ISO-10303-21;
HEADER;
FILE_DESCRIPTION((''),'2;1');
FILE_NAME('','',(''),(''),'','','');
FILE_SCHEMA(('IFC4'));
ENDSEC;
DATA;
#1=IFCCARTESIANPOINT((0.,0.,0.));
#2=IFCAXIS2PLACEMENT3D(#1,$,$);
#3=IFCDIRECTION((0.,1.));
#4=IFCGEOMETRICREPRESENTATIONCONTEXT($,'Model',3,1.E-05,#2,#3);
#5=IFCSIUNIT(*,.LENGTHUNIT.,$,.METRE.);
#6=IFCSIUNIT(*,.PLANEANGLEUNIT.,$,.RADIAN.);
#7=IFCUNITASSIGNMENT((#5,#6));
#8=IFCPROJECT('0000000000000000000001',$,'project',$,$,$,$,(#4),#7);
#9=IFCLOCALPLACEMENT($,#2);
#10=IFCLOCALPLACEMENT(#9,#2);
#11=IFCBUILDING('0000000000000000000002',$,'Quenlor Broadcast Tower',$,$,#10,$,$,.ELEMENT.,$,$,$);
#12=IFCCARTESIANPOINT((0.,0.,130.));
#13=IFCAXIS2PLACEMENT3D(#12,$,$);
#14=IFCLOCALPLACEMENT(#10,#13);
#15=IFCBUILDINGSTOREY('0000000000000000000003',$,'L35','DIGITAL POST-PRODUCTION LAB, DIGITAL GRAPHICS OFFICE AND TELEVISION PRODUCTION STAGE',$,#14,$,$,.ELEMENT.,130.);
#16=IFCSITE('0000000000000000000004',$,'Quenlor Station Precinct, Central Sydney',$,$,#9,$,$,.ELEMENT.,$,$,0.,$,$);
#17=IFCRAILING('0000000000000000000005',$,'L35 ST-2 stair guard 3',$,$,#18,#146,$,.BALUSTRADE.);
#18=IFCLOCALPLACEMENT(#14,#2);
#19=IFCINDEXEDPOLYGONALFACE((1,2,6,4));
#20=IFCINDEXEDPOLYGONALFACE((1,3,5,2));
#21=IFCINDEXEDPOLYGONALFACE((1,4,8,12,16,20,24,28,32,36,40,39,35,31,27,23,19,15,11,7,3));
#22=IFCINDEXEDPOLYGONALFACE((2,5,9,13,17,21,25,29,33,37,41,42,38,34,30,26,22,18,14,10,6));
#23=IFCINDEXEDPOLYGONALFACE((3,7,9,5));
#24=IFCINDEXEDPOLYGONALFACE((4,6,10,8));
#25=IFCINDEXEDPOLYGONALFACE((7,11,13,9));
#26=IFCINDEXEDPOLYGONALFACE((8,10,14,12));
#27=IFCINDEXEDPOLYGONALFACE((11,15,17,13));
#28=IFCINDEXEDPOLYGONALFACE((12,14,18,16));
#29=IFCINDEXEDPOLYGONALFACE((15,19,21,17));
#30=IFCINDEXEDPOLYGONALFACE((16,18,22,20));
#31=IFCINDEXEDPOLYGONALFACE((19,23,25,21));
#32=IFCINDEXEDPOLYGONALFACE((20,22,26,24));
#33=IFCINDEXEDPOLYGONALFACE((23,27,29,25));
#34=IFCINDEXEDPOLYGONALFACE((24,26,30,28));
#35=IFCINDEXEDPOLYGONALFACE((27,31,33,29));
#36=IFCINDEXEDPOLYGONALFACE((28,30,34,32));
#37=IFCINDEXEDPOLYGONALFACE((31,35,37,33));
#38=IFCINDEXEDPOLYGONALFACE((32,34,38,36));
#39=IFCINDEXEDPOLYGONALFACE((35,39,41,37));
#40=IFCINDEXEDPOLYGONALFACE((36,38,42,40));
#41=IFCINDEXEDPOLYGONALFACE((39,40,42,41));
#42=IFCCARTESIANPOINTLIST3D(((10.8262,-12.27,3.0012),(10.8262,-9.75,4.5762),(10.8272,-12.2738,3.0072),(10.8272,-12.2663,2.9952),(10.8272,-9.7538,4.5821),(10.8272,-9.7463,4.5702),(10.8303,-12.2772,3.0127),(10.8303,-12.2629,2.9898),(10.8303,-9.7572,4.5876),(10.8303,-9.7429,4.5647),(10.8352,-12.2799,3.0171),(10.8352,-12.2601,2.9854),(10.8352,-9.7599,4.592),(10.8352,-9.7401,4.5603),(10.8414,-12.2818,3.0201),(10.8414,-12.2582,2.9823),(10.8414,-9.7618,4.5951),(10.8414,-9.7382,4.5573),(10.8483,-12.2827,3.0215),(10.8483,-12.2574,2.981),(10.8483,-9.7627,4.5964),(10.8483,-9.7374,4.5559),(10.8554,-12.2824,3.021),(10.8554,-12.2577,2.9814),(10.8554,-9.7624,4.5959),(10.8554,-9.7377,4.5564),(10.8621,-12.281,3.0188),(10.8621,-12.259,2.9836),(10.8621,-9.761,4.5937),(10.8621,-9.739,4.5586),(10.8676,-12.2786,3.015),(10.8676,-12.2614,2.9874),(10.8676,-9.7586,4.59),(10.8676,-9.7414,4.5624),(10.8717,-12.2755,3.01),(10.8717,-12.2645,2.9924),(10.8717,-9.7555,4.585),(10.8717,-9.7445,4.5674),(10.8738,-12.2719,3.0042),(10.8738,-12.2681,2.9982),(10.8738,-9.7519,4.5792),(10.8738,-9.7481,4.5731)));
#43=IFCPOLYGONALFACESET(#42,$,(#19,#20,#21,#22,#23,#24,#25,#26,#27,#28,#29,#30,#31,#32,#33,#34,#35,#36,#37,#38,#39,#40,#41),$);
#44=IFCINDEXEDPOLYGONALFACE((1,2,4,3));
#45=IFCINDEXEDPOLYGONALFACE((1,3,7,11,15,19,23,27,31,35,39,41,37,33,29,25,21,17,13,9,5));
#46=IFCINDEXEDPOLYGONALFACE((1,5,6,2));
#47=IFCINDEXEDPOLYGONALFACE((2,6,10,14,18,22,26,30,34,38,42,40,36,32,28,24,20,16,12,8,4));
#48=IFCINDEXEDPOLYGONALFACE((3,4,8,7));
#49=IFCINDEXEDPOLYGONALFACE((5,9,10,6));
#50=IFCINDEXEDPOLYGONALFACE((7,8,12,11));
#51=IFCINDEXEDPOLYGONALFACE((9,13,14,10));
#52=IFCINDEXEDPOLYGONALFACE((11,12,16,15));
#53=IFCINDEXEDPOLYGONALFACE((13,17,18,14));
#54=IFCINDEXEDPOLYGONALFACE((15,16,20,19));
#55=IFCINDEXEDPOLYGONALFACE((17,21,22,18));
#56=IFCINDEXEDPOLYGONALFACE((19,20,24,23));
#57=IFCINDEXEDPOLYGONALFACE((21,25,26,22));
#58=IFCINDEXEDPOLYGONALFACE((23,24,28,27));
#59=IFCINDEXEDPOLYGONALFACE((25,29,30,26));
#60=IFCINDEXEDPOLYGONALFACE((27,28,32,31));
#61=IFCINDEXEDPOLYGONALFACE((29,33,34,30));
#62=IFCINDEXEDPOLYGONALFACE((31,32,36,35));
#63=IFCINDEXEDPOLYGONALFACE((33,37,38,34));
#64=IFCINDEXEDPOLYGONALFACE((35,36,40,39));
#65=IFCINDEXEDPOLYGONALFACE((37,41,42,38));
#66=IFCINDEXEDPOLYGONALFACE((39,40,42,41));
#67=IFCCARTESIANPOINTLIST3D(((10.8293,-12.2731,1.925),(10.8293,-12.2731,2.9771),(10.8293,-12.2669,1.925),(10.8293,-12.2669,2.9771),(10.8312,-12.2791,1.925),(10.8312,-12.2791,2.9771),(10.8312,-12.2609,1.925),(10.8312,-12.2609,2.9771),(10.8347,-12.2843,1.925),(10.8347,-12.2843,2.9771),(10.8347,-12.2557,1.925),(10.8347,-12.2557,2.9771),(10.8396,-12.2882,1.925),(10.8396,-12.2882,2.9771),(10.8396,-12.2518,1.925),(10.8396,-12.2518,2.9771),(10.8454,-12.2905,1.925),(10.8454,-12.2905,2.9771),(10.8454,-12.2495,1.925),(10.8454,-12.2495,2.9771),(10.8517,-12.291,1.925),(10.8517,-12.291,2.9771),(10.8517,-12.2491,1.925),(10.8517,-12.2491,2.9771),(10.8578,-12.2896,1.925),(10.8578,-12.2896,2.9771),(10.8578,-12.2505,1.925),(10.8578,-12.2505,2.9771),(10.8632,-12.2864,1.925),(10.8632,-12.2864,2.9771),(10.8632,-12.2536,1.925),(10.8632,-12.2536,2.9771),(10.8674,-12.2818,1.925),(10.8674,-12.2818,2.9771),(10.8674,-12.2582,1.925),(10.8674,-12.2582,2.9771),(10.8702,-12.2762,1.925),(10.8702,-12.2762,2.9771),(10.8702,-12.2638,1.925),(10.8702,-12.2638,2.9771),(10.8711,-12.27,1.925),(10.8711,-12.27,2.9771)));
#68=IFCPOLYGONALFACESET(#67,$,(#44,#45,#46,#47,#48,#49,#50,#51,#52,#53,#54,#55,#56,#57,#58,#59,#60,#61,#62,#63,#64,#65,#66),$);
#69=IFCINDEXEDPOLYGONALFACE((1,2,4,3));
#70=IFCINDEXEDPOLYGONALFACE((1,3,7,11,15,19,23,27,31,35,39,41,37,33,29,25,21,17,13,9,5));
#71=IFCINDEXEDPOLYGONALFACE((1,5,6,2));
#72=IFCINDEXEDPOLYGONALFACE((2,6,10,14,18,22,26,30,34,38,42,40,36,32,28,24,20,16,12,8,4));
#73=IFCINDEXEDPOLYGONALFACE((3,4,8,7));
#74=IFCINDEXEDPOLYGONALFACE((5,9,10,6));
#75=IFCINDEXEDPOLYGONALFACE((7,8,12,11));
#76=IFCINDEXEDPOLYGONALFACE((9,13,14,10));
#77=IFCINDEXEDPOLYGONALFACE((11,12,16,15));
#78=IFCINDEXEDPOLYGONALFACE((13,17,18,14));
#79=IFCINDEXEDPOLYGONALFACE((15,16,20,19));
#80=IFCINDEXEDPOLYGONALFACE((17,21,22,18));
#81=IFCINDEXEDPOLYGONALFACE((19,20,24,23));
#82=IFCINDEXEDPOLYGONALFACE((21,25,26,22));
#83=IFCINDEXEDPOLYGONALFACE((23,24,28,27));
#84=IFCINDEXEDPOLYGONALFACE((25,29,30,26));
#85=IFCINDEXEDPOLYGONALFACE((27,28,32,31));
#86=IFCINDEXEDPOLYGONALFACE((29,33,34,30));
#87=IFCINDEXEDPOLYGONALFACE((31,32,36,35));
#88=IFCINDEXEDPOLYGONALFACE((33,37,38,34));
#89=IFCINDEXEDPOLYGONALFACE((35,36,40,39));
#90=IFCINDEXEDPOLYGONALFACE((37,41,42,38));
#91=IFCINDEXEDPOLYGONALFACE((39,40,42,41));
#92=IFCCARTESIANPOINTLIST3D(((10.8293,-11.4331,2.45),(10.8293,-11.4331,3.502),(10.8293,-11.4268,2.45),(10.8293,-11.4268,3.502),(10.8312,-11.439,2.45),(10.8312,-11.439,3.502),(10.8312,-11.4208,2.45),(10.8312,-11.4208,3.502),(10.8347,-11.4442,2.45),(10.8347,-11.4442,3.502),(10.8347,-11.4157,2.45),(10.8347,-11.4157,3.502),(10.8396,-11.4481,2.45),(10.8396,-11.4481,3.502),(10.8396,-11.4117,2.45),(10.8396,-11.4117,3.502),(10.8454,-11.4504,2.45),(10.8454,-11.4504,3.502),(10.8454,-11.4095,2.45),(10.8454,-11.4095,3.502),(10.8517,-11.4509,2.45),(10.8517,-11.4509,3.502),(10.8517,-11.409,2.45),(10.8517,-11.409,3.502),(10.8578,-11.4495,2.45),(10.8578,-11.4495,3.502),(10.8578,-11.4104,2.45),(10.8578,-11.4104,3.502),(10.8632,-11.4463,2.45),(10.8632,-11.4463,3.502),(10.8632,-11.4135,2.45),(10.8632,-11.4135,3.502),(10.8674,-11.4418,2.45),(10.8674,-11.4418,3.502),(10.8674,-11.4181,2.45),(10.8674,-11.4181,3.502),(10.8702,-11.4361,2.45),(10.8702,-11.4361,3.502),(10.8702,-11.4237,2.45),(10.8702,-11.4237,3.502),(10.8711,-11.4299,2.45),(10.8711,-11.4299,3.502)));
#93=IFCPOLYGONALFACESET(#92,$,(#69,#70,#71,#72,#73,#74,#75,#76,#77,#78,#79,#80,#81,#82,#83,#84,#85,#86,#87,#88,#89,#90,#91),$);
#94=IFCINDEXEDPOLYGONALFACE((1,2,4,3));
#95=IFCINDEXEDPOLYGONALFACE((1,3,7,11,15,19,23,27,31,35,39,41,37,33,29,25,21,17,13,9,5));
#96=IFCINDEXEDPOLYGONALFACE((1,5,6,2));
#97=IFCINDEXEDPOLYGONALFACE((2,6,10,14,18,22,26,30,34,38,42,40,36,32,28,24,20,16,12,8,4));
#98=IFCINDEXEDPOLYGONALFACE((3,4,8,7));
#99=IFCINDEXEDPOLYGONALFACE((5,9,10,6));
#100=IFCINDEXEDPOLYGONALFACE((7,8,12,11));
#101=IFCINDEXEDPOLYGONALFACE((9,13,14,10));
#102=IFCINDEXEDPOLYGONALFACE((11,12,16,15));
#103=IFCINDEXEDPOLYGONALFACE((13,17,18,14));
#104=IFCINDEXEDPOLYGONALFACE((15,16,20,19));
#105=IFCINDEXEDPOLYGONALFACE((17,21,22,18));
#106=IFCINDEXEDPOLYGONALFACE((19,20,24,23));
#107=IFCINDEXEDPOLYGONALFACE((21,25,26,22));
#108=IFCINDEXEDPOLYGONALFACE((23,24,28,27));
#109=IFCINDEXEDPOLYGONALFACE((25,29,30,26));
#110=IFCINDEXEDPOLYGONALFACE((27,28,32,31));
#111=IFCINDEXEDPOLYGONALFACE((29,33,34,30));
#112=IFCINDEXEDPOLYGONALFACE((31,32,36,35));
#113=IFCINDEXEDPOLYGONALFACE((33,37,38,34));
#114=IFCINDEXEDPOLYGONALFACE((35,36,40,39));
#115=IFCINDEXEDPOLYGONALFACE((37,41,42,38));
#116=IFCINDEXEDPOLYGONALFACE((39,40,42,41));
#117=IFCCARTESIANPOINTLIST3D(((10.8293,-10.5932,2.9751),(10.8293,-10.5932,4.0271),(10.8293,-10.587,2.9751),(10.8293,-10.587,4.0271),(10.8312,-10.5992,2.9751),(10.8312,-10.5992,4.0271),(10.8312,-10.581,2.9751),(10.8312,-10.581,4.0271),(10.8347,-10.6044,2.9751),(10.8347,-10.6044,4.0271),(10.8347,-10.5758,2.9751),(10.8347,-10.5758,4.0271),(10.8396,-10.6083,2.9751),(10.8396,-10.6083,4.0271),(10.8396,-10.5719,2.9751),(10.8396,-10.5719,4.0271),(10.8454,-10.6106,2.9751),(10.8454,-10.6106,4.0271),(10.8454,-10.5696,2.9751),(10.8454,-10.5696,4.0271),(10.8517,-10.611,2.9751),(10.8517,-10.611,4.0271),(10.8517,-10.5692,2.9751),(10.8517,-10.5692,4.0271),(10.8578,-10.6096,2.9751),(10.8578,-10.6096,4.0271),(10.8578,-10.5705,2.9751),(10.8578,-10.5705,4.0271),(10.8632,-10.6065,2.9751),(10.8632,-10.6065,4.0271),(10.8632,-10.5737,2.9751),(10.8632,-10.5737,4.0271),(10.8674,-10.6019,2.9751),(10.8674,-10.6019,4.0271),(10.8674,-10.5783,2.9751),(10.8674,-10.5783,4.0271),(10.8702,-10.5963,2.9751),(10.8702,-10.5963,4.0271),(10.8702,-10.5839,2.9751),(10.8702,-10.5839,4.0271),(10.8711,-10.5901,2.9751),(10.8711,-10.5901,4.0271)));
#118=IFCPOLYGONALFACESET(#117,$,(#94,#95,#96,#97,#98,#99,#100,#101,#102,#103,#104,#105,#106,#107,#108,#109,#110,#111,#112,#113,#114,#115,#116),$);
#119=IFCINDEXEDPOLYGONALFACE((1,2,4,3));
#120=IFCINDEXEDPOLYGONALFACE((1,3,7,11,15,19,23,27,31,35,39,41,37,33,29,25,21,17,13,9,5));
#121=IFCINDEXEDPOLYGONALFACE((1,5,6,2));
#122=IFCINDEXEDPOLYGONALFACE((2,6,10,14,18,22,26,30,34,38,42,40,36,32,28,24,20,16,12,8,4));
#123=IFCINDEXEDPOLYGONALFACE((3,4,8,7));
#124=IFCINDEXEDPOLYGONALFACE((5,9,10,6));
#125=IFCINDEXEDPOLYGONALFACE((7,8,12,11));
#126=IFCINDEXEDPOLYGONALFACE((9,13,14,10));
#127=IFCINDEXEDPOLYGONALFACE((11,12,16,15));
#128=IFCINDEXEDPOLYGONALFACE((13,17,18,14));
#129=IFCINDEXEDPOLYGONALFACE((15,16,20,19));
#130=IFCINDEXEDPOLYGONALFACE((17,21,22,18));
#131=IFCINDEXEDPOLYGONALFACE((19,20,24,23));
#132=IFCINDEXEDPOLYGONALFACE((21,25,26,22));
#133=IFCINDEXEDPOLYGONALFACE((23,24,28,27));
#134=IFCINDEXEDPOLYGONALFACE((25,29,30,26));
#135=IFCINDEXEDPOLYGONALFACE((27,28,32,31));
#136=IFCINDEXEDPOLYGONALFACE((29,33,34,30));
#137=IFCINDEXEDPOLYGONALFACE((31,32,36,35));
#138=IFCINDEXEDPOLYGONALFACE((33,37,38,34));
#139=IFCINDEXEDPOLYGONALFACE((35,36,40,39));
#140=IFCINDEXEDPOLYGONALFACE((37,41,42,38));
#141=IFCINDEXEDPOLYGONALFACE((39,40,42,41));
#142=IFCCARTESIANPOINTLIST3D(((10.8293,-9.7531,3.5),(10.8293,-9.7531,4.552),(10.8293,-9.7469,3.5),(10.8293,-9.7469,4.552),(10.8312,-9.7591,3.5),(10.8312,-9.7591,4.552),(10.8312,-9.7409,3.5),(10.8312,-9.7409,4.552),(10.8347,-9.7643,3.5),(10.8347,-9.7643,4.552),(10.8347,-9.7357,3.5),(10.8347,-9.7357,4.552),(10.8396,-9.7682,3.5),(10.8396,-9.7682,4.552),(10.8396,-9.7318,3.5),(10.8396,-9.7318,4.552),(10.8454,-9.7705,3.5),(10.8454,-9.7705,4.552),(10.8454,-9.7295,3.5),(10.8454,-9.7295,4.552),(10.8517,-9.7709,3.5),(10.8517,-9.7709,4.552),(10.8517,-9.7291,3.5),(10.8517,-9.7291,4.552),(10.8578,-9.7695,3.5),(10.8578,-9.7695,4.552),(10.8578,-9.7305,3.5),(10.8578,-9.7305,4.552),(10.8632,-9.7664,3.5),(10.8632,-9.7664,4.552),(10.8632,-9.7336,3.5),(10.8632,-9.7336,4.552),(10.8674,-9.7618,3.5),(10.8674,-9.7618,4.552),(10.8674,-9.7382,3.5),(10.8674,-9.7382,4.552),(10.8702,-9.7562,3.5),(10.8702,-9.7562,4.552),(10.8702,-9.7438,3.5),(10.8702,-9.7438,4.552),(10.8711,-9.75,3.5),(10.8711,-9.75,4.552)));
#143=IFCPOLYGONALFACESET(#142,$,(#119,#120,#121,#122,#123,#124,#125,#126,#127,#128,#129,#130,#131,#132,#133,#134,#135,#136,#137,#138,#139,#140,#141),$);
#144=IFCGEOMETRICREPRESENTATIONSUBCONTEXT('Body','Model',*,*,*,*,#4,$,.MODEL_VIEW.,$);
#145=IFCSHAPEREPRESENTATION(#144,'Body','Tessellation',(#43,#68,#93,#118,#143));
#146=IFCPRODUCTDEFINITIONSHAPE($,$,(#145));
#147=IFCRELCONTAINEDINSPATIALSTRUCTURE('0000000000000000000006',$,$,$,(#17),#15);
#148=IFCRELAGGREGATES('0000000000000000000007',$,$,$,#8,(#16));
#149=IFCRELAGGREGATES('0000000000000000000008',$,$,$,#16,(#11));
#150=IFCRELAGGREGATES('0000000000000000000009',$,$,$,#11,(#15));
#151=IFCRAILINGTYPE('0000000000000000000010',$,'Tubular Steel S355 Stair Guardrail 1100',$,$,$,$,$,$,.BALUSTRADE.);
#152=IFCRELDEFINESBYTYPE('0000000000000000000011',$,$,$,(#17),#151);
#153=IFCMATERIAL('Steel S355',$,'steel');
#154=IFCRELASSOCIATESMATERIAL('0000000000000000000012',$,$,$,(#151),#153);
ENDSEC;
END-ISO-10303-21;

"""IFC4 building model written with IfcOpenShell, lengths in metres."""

from ifc_helpers import new_model, si_unit, direction, frame, origin, origin_2d, place, context, subcontext, project, spatial, circle, extrude, material, type_object, element, save


model = new_model("IFC4")

# Units and contexts
model_context = context("Model", 3, precision=1e-05, world=origin(), true_north=direction((0.0, 1.0)))
body_context = subcontext(model_context, "Body", "Model", "MODEL_VIEW")
ifc_project = project(units=[si_unit("LENGTHUNIT", "METRE"), si_unit("PLANEANGLEUNIT", "RADIAN")], contexts=[model_context])

# Site, building, storey
site_placement = place(None, origin())
site = spatial("IfcSite", under=ifc_project, at=site_placement, Name="Quenlor Station Precinct, Central Sydney", CompositionType="ELEMENT", RefElevation=0.0)
building_placement = place(site_placement, origin())
building = spatial("IfcBuilding", under=site, at=building_placement, Name="Quenlor Broadcast Tower", CompositionType="ELEMENT")
storey_placement = place(building_placement, frame((0.0, 0.0, 130.0)))
storey = spatial("IfcBuildingStorey", under=building, at=storey_placement, Name="L35", Description="DIGITAL POST-PRODUCTION LAB, DIGITAL GRAPHICS OFFICE AND TELEVISION PRODUCTION STAGE", CompositionType="ELEMENT", Elevation=130.0)

# Railing
ifc_material_1 = material(Name="Steel S355", Category="steel")
railing_type_1 = type_object("IfcRailingType", Name="Tubular Steel S355 Stair Guardrail 1100", PredefinedType="BALUSTRADE", material=ifc_material_1)
railing_1_placement = place(storey_placement, frame((10.8501, -12.27, 1.925)))
element("IfcRailing", 1, at=railing_1_placement, inside=storey, type_object=railing_type_1, Name="L35 ST-2 stair guard 3", PredefinedType="BALUSTRADE", context=body_context, shape_type="SweptSolid", body=[
    extrude(circle(Radius=0.0239, at=origin_2d()), frame((0.0, 0.0, 1.0762), z_axis=(0.0, 0.848008, 0.529984), x_axis=(-1.0, 0.0, 0.0)), (0.0, 0.0, 1.0), 2.9717),
    extrude(circle(Radius=0.021, at=origin_2d()), origin(), (0.0, 0.0, 1.0), 1.052),
    extrude(circle(Radius=0.021, at=origin_2d()), frame((0.0, 0.8401, 0.5249)), (0.0, 0.0, 1.0), 1.052),
    extrude(circle(Radius=0.021, at=origin_2d()), frame((0.0, 1.6799, 1.05)), (0.0, 0.0, 1.0), 1.052),
    extrude(circle(Radius=0.021, at=origin_2d()), frame((0.0, 2.52, 1.575)), (0.0, 0.0, 1.0), 1.052),
])

save(model, "model.ifc")
